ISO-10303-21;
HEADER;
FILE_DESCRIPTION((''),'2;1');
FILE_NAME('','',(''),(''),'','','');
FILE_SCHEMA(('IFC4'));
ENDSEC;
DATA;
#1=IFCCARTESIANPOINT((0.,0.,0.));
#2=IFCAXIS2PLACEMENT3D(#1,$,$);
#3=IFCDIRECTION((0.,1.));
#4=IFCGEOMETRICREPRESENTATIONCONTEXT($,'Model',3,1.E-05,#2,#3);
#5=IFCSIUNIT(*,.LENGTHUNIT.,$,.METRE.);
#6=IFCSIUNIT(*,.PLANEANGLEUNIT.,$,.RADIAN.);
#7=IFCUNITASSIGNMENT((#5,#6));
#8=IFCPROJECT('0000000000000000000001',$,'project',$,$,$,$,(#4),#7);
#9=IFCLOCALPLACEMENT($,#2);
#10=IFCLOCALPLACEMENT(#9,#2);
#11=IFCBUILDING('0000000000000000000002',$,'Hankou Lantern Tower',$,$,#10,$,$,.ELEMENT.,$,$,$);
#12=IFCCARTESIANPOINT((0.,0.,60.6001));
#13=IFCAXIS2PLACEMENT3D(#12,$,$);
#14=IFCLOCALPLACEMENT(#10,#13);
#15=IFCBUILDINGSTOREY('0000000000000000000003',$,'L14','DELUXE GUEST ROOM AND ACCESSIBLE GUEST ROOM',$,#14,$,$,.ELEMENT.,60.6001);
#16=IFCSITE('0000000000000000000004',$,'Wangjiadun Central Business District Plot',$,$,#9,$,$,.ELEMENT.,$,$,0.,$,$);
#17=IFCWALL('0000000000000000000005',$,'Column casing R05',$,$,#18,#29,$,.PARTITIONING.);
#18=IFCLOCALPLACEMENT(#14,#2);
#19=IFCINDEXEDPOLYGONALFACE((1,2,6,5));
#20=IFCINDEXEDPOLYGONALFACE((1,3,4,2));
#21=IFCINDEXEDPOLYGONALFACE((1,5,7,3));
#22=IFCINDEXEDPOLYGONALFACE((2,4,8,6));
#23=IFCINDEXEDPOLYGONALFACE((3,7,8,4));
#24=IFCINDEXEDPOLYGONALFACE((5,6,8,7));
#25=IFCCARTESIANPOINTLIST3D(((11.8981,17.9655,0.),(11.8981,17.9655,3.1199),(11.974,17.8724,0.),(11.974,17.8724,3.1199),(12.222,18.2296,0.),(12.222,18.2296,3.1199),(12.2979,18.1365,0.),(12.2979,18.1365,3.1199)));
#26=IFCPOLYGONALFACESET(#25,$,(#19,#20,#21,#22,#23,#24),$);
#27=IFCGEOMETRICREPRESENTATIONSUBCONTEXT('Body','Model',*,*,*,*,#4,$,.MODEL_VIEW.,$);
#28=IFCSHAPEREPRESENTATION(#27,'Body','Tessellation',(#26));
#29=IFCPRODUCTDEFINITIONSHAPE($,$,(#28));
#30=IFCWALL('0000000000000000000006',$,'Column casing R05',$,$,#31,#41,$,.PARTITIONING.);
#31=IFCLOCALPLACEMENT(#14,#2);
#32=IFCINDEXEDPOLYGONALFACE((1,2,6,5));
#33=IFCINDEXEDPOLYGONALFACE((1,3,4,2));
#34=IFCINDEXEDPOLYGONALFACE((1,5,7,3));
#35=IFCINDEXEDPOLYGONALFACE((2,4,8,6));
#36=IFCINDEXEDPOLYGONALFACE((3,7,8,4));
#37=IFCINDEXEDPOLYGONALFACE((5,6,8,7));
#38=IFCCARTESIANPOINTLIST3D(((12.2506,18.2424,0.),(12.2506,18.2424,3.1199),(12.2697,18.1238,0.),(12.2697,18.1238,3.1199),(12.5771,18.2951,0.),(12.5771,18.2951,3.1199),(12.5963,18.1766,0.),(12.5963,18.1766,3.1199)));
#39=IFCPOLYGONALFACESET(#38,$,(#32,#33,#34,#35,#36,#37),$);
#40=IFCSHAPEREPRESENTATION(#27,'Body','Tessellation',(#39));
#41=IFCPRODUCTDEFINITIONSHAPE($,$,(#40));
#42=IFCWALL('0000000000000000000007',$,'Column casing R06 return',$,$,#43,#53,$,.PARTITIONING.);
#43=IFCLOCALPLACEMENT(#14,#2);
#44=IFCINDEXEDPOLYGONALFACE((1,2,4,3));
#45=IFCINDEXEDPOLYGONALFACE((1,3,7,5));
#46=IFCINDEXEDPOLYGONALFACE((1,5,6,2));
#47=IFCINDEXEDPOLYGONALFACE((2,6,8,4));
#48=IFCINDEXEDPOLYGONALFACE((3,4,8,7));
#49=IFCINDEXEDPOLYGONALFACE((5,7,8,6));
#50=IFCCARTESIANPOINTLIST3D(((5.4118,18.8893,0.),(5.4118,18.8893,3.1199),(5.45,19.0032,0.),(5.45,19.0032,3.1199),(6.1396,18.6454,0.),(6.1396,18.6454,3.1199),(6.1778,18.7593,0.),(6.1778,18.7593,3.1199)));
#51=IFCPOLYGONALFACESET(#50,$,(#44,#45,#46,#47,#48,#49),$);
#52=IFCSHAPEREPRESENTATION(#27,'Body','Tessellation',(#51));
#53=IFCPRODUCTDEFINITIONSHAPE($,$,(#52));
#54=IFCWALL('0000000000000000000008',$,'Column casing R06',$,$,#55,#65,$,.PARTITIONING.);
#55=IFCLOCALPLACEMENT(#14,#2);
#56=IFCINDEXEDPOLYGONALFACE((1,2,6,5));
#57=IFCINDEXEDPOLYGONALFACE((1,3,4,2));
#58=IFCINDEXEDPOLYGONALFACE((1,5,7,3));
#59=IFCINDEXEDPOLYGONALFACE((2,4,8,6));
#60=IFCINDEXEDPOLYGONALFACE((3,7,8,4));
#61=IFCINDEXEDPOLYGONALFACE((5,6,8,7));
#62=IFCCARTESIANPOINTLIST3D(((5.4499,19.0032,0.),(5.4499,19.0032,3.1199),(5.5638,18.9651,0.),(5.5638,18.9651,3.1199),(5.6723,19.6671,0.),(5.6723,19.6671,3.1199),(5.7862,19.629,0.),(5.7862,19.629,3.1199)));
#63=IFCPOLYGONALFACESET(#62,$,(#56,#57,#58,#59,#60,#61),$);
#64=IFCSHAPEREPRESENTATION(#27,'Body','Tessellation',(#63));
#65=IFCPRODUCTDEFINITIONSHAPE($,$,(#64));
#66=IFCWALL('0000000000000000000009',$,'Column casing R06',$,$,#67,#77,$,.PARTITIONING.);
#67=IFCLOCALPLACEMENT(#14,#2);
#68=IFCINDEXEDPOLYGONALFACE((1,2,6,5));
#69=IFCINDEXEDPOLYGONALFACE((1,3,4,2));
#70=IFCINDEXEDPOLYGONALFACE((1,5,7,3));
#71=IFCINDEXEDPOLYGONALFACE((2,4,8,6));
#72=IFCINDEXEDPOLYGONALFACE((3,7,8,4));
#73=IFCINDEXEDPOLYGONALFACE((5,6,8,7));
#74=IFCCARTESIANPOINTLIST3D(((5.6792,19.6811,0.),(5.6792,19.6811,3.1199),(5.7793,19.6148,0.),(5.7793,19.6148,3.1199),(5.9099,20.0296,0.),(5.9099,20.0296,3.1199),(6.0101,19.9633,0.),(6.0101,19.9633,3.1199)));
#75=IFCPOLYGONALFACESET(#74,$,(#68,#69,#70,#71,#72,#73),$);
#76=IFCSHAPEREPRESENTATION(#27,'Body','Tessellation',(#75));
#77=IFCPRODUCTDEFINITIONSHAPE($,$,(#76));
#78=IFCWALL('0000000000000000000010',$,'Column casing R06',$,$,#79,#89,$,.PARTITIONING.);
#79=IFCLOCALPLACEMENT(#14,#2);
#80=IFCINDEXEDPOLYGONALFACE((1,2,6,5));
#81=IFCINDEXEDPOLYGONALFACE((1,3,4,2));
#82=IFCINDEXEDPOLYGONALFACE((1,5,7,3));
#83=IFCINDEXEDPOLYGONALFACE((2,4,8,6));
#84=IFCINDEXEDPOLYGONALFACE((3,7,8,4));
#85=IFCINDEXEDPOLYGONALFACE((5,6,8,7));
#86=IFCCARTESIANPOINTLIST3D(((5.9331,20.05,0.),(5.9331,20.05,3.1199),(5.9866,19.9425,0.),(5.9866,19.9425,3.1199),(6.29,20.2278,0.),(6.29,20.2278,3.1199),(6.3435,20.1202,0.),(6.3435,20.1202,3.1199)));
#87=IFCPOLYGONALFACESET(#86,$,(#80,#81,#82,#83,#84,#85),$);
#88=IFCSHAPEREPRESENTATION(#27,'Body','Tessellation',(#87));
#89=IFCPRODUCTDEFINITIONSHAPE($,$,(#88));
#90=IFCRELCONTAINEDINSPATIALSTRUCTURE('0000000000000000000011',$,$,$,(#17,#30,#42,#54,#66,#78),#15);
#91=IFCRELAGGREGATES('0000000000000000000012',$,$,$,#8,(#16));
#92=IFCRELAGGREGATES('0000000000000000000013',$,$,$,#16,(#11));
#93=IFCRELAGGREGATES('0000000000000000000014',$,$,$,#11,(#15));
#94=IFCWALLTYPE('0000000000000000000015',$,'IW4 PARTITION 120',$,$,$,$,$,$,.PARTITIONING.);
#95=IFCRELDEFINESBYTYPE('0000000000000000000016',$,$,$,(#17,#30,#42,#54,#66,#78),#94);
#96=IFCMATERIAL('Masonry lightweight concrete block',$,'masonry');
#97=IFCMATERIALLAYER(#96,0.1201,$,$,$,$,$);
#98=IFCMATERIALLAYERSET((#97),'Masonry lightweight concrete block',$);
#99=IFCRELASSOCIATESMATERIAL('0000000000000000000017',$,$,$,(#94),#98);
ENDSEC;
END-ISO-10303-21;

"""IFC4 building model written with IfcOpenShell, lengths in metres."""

from ifc_helpers import new_model, si_unit, direction, frame, frame_2d, origin, place, context, subcontext, project, spatial, rectangle, extrude, material, layer, layer_set, type_object, element, save


model = new_model("IFC4")

# Units and contexts
model_context = context("Model", 3, precision=1e-05, world=origin(), true_north=direction((0.0, 1.0)))
body_context = subcontext(model_context, "Body", "Model", "MODEL_VIEW")
ifc_project = project(units=[si_unit("LENGTHUNIT", "METRE"), si_unit("PLANEANGLEUNIT", "RADIAN")], contexts=[model_context])

# Site, building, storey
site_placement = place(None, origin())
site = spatial("IfcSite", under=ifc_project, at=site_placement, Name="Wangjiadun Central Business District Plot", CompositionType="ELEMENT", RefElevation=0.0)
building_placement = place(site_placement, origin())
building = spatial("IfcBuilding", under=site, at=building_placement, Name="Hankou Lantern Tower", CompositionType="ELEMENT")
storey_placement = place(building_placement, frame((0.0, 0.0, 60.6001)))
storey = spatial("IfcBuildingStorey", under=building, at=storey_placement, Name="L14", Description="DELUXE GUEST ROOM AND ACCESSIBLE GUEST ROOM", CompositionType="ELEMENT", Elevation=60.6001)

# Walls
ifc_material_1 = material(Name="Masonry lightweight concrete block", Category="masonry")
ifc_layer_1 = layer(ifc_material_1, 0.1201)
ifc_layer_set_1 = layer_set([ifc_layer_1], Name="Masonry lightweight concrete block")
wall_type_1 = type_object("IfcWallType", Name="IW4 PARTITION 120", PredefinedType="PARTITIONING", material=ifc_layer_set_1)
wall_1_placement = place(storey_placement, frame((11.936, 17.9189, 0.0), z_axis=(0.0, 0.0, 1.0), x_axis=(0.775023, 0.631933, 0.0)))
element("IfcWall", 1, at=wall_1_placement, inside=storey, type_object=wall_type_1, Name="Column casing R05", PredefinedType="PARTITIONING", context=body_context, shape_type="SweptSolid", body=[
    extrude(rectangle(XDim=0.418, YDim=0.1201, at=frame_2d((0.209, 0.0))), origin(), (0.0, 0.0, 1.0), 3.1199),
])
wall_2_placement = place(storey_placement, frame((12.26, 18.1831, 0.0), z_axis=(0.0, 0.0, 1.0), x_axis=(0.987219, 0.159372, 0.0)))
element("IfcWall", 2, at=wall_2_placement, inside=storey, type_object=wall_type_1, Name="Column casing R05", PredefinedType="PARTITIONING", context=body_context, shape_type="SweptSolid", body=[
    extrude(rectangle(XDim=0.3308, YDim=0.1201, at=frame_2d((0.1655, 0.0))), origin(), (0.0, 0.0, 1.0), 3.1199),
])
wall_3_placement = place(storey_placement, frame((6.1587, 18.7024, 0.0), z_axis=(0.0, 0.0, 1.0), x_axis=(-0.948173, 0.317754, 0.0)))
element("IfcWall", 3, at=wall_3_placement, inside=storey, type_object=wall_type_1, Name="Column casing R06 return", PredefinedType="PARTITIONING", context=body_context, shape_type="SweptSolid", body=[
    extrude(rectangle(XDim=0.7676, YDim=0.1201, at=frame_2d((0.3838, 0.0))), origin(), (0.0, 0.0, 1.0), 3.1199),
])
wall_4_placement = place(storey_placement, frame((5.5068, 18.9841, 0.0), z_axis=(0.0, 0.0, 1.0), x_axis=(0.317692, 0.948194, 0.0)))
element("IfcWall", 4, at=wall_4_placement, inside=storey, type_object=wall_type_1, Name="Column casing R06", PredefinedType="PARTITIONING", context=body_context, shape_type="SweptSolid", body=[
    extrude(rectangle(XDim=0.7002, YDim=0.1201, at=frame_2d((0.3501, 0.0))), origin(), (0.0, 0.0, 1.0), 3.1199),
])
wall_5_placement = place(storey_placement, frame((5.7292, 19.6479, 0.0), z_axis=(0.0, 0.0, 1.0), x_axis=(0.552136, 0.833754, 0.0)))
element("IfcWall", 5, at=wall_5_placement, inside=storey, type_object=wall_type_1, Name="Column casing R06", PredefinedType="PARTITIONING", context=body_context, shape_type="SweptSolid", body=[
    extrude(rectangle(XDim=0.418, YDim=0.1201, at=frame_2d((0.209, 0.0))), origin(), (0.0, 0.0, 1.0), 3.1199),
])
wall_6_placement = place(storey_placement, frame((5.96, 19.9963, 0.0), z_axis=(0.0, 0.0, 1.0), x_axis=(0.895161, 0.445744, 0.0)))
element("IfcWall", 6, at=wall_6_placement, inside=storey, type_object=wall_type_1, Name="Column casing R06", PredefinedType="PARTITIONING", context=body_context, shape_type="SweptSolid", body=[
    extrude(rectangle(XDim=0.3987, YDim=0.1201, at=frame_2d((0.1992, 0.0))), origin(), (0.0, 0.0, 1.0), 3.1199),
])

save(model, "model.ifc")
